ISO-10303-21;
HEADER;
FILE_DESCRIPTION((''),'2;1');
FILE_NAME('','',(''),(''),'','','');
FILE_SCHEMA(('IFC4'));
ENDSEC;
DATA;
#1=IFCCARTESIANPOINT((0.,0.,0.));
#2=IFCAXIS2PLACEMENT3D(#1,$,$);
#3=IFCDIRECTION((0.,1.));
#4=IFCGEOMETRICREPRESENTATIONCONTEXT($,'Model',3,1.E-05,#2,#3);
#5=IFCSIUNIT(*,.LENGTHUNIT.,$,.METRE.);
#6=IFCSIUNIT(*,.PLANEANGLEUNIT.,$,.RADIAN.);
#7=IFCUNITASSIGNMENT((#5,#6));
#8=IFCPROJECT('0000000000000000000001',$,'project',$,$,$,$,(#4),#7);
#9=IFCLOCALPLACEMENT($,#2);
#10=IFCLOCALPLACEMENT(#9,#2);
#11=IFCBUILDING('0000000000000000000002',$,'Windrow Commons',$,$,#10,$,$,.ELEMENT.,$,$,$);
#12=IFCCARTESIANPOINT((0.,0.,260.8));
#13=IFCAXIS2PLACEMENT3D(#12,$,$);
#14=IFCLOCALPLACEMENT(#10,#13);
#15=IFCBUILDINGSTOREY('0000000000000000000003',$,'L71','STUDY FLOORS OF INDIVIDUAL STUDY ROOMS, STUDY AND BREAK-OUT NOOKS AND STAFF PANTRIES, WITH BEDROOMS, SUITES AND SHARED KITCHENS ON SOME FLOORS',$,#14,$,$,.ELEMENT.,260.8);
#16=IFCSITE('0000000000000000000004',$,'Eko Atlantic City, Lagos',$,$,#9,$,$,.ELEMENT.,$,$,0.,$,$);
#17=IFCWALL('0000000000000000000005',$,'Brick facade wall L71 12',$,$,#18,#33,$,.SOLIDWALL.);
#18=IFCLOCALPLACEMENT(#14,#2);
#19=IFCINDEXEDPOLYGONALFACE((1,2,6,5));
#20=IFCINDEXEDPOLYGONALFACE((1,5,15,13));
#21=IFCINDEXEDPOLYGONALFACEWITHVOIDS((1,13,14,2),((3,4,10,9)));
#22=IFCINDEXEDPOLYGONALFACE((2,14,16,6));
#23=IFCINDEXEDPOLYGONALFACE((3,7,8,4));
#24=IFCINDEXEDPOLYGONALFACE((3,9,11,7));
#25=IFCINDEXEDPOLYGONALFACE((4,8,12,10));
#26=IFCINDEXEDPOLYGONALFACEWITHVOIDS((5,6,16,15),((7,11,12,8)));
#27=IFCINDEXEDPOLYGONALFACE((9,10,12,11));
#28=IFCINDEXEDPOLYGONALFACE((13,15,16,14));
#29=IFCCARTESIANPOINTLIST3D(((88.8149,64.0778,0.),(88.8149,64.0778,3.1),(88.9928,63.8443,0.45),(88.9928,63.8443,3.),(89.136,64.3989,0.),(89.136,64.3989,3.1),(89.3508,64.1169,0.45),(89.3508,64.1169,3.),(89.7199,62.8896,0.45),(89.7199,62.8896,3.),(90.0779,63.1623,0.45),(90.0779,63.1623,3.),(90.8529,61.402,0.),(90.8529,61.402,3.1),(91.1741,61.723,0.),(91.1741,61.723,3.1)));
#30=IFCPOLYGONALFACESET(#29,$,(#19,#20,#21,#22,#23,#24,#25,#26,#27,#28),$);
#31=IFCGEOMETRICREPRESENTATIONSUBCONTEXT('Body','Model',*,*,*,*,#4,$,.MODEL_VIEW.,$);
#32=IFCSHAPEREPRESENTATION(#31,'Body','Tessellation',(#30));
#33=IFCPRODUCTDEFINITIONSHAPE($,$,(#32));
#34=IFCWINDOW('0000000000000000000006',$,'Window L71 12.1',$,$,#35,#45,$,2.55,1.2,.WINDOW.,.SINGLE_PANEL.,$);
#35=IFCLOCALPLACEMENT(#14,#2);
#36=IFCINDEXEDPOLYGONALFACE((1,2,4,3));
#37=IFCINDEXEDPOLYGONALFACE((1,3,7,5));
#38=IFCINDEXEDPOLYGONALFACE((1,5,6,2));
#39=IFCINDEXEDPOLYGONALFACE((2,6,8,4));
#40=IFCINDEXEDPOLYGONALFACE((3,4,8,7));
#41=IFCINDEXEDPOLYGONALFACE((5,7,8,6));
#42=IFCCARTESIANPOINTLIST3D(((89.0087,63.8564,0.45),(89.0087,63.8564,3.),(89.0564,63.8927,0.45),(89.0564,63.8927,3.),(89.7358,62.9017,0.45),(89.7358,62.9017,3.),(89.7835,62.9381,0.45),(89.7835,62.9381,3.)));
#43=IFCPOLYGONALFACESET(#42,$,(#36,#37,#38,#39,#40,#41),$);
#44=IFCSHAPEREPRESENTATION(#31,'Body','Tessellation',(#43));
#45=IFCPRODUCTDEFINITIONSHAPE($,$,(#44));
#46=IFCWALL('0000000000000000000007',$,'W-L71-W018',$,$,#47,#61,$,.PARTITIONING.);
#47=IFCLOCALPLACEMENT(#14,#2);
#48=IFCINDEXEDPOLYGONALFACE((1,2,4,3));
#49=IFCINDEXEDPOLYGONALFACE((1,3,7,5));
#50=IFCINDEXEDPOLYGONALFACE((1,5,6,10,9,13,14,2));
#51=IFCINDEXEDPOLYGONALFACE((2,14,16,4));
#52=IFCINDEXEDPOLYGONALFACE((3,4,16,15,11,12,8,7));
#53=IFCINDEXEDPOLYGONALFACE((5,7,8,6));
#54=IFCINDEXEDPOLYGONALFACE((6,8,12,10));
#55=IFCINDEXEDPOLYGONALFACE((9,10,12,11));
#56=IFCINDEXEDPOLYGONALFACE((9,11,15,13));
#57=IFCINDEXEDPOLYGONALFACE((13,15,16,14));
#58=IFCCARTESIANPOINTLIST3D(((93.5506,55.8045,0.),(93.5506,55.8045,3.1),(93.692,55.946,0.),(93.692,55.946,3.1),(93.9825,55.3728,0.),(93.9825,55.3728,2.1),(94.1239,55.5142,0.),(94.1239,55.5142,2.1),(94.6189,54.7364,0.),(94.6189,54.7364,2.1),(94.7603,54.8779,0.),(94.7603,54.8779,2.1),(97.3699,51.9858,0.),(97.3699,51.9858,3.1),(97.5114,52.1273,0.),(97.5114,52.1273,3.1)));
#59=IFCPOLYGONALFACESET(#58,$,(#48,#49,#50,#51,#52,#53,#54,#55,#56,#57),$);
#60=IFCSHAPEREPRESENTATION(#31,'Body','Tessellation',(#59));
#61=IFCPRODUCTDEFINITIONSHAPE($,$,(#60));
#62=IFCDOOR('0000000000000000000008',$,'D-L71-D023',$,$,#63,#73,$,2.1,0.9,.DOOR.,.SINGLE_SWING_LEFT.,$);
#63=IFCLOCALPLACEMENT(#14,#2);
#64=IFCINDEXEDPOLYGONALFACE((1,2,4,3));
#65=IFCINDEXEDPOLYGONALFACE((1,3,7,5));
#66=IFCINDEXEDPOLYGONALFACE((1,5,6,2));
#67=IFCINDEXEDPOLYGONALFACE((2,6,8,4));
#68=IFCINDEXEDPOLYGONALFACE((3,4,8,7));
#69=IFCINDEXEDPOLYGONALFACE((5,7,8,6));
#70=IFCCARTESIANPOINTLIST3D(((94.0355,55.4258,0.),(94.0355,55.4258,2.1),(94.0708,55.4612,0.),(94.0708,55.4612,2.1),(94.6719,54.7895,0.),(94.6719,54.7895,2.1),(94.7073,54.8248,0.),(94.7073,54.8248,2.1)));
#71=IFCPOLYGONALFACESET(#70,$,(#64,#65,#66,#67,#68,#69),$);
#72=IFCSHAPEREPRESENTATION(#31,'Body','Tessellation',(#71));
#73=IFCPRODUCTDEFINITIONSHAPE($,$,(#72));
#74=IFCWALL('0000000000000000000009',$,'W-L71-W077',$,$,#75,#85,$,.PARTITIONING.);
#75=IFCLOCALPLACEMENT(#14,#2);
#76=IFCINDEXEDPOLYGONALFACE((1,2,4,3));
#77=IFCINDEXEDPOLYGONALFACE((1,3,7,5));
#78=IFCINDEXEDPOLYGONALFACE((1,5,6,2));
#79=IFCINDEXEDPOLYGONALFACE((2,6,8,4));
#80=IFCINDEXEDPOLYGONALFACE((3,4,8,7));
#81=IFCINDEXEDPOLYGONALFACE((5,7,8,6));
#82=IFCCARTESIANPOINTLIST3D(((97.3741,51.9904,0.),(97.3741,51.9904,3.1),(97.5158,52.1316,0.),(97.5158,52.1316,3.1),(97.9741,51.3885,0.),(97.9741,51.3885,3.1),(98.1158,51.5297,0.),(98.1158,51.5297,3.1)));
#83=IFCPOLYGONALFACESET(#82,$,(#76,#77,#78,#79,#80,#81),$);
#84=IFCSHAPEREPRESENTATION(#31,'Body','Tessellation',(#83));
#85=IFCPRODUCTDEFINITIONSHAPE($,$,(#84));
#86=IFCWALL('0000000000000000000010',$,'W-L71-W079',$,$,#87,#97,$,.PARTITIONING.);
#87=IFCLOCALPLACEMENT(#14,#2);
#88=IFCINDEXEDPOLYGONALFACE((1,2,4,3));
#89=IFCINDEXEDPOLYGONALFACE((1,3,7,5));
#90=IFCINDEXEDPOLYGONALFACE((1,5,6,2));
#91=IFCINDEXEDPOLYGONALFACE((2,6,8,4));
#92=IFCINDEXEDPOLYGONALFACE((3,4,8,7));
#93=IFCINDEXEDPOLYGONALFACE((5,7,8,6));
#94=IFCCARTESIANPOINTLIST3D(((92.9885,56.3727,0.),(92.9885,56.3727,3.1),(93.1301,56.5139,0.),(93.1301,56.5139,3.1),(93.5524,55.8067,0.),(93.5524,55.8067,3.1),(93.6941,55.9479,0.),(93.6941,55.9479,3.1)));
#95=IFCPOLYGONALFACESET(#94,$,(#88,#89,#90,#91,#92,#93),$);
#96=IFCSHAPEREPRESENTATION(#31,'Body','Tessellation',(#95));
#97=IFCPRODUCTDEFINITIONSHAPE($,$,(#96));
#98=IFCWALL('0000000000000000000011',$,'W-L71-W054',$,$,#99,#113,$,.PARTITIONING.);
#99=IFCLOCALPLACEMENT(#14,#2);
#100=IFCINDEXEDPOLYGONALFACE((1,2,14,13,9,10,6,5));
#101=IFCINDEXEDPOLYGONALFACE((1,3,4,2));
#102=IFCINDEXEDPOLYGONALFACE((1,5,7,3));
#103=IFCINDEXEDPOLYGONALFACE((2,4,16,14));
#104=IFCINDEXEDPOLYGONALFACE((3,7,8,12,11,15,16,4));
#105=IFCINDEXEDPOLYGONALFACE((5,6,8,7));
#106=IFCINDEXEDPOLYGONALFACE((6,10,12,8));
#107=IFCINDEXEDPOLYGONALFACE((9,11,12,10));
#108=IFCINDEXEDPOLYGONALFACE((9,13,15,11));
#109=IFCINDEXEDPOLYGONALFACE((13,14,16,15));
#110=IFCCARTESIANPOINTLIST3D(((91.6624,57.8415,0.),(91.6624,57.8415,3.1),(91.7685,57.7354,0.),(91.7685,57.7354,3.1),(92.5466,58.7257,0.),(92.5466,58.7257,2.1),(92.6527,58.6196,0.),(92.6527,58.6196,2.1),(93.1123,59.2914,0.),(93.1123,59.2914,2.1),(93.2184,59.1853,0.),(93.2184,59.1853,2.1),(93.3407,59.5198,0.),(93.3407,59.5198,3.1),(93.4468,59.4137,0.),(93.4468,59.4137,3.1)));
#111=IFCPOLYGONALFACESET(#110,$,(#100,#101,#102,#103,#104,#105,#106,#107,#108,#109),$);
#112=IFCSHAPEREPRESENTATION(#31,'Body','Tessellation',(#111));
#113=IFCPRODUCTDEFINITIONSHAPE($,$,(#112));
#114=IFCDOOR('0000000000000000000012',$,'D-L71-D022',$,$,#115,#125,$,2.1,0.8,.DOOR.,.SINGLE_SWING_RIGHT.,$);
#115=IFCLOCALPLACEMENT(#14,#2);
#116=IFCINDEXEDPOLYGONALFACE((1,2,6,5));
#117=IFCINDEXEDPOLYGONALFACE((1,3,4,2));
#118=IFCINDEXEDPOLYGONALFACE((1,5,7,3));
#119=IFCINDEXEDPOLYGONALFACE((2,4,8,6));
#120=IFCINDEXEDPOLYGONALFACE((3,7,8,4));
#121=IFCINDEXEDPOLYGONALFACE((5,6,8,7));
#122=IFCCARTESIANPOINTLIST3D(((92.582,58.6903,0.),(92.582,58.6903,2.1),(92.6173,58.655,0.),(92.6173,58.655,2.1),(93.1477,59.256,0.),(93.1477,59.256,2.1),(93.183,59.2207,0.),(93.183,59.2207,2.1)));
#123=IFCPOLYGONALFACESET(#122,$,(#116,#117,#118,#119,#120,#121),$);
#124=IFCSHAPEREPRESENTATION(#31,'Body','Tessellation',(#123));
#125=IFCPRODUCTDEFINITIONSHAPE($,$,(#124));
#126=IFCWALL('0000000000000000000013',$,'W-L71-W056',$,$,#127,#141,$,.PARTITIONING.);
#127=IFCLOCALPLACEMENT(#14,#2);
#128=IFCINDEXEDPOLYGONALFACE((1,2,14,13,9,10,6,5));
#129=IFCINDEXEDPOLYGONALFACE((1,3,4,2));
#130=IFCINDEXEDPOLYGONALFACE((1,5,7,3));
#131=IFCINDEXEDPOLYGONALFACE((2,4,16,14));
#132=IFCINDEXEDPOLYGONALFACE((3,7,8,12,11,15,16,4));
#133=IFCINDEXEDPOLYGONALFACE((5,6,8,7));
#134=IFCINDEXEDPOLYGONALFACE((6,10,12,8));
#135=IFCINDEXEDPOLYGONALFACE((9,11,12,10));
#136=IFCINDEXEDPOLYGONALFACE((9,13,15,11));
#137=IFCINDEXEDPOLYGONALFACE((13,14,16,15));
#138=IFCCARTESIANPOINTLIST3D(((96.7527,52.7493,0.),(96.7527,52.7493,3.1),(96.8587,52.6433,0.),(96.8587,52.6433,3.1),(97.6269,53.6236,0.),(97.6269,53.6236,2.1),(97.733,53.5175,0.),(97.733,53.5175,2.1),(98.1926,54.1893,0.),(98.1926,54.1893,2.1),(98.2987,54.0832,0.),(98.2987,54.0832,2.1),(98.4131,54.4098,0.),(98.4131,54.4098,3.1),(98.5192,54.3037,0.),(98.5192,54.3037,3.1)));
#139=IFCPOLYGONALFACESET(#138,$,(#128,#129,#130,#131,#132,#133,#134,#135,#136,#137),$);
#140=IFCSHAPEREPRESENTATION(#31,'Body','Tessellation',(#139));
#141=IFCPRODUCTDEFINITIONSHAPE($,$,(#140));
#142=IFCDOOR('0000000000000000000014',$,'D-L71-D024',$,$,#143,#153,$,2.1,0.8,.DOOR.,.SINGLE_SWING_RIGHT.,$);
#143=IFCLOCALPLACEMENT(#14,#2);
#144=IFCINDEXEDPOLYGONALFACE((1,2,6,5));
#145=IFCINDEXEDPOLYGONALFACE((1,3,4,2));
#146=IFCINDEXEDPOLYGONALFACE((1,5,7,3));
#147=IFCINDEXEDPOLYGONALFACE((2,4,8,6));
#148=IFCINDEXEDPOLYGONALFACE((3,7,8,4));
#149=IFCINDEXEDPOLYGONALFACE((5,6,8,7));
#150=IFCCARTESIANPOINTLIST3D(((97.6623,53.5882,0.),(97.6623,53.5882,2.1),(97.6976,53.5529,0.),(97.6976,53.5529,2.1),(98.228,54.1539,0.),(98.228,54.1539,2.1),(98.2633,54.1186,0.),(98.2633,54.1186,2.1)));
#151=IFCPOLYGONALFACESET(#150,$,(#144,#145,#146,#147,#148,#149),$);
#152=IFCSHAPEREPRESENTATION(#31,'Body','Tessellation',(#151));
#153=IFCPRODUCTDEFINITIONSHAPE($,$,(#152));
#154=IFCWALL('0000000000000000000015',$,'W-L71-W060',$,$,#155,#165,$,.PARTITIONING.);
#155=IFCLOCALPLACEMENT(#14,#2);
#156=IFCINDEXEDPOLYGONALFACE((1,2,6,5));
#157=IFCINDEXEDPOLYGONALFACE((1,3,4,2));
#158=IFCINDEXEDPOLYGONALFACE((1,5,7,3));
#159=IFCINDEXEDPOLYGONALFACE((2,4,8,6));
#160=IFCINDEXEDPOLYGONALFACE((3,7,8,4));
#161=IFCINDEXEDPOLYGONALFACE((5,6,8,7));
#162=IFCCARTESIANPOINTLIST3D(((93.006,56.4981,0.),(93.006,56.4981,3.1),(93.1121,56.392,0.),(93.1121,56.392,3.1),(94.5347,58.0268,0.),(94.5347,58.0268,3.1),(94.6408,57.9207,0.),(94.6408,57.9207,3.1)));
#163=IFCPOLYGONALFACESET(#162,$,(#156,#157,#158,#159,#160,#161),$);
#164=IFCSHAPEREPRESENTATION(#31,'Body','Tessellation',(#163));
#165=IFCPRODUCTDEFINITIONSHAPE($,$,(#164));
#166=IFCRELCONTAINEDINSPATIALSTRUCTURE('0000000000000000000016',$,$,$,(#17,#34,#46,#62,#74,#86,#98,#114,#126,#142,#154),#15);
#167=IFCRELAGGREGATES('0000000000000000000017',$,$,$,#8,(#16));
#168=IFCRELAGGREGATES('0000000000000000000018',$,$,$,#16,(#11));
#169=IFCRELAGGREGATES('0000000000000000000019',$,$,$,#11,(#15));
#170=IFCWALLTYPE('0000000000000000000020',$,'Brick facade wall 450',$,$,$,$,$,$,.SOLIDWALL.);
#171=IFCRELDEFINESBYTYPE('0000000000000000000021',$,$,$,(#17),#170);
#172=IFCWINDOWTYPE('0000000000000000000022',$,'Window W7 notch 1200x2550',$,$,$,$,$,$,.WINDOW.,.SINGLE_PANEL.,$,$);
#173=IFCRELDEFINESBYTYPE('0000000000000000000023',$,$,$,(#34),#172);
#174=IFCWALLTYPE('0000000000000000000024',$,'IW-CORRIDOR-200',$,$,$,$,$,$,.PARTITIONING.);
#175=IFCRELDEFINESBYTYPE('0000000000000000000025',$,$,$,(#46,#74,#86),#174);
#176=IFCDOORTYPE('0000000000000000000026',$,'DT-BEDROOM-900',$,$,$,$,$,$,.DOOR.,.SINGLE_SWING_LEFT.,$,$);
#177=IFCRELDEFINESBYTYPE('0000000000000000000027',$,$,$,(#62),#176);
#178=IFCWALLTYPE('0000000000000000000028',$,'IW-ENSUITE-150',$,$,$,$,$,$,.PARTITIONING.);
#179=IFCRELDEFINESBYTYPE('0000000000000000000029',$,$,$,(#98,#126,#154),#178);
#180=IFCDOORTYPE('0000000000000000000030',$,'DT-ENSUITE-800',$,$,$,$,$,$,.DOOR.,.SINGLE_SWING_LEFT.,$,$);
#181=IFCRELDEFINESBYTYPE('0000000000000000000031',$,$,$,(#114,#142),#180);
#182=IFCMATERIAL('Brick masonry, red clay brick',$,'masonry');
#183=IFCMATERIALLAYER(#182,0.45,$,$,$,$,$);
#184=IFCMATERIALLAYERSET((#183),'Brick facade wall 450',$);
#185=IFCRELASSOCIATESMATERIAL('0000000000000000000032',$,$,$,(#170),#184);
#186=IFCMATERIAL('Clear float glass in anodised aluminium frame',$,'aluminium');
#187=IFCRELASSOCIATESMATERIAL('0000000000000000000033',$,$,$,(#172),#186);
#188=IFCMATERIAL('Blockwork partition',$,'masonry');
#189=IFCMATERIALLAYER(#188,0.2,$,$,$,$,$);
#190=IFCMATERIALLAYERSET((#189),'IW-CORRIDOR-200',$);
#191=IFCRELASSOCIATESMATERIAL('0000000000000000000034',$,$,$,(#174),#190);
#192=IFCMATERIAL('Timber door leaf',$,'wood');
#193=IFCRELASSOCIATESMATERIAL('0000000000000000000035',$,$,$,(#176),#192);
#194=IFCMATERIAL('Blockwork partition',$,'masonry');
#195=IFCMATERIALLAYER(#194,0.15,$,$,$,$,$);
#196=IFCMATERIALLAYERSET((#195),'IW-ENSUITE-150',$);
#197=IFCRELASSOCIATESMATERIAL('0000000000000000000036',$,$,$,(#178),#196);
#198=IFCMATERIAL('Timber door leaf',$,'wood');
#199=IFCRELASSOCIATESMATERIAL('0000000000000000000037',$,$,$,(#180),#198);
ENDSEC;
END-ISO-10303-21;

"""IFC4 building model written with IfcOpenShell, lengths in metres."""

from ifc_helpers import new_model, si_unit, direction, frame, frame_2d, origin, place, context, subcontext, project, spatial, polyline, rectangle, outline, extrude, material, layer, layer_set, type_object, element, fill, save


model = new_model("IFC4")

# Units and contexts
model_context = context("Model", 3, precision=1e-05, world=origin(), true_north=direction((0.0, 1.0)))
body_context = subcontext(model_context, "Body", "Model", "MODEL_VIEW")
ifc_project = project(units=[si_unit("LENGTHUNIT", "METRE"), si_unit("PLANEANGLEUNIT", "RADIAN")], contexts=[model_context])

# Site, building, storey
site_placement = place(None, origin())
site = spatial("IfcSite", under=ifc_project, at=site_placement, Name="Eko Atlantic City, Lagos", CompositionType="ELEMENT", RefElevation=0.0)
building_placement = place(site_placement, origin())
building = spatial("IfcBuilding", under=site, at=building_placement, Name="Windrow Commons", CompositionType="ELEMENT")
storey_placement = place(building_placement, frame((0.0, 0.0, 260.8)))
storey = spatial("IfcBuildingStorey", under=building, at=storey_placement, Name="L71", Description="STUDY FLOORS OF INDIVIDUAL STUDY ROOMS, STUDY AND BREAK-OUT NOOKS AND STAFF PANTRIES, WITH BEDROOMS, SUITES AND SHARED KITCHENS ON SOME FLOORS", CompositionType="ELEMENT", Elevation=260.8)

# Wall, opening, window
ifc_material_1 = material(Name="Brick masonry, red clay brick", Category="masonry")
ifc_layer_1 = layer(ifc_material_1, 0.45)
ifc_layer_set_1 = layer_set([ifc_layer_1], Name="Brick facade wall 450")
wall_type_1 = type_object("IfcWallType", Name="Brick facade wall 450", PredefinedType="SOLIDWALL", material=ifc_layer_set_1)
ifc_material_2 = material(Name="Clear float glass in anodised aluminium frame", Category="aluminium")
window_type = type_object("IfcWindowType", Name="Window W7 notch 1200x2550", PartitioningType="SINGLE_PANEL", PredefinedType="WINDOW", material=ifc_material_2)
wall_1_placement = place(storey_placement, frame((91.0135, 61.5625, 0.0), z_axis=(0.0, 0.0, 1.0), x_axis=(-0.605915, 0.795529, 0.0)))
wall_1 = element("IfcWall", 1, at=wall_1_placement, inside=storey, type_object=wall_type_1, Name="Brick facade wall L71 12", PredefinedType="SOLIDWALL", context=body_context, shape_type="SweptSolid", body=[
    extrude(outline(polyline([(0.0304, -0.225), (3.3941, -0.225), (3.3332, 0.225), (-0.0304, 0.225), (0.0304, -0.225)])), origin(), (0.0, 0.0, 1.0), 3.1),
])
opening_1_placement = place(wall_1_placement, frame((1.8396, 0.0, 0.45)))
opening_1 = element("IfcOpeningElement", 2, at=opening_1_placement, cuts=wall_1, PredefinedType="OPENING", context=body_context, shape_type="SweptSolid", body=[
    extrude(rectangle(XDim=1.2, YDim=2.55, at=frame_2d((0.6, 1.275))), frame((0.0, 0.235, 0.0), z_axis=(0.0, -1.0, 0.0), x_axis=(1.0, 0.0, 0.0)), (0.0, 0.0, 1.0), 0.47),
])
window_1_placement = place(opening_1_placement, origin())
window_1 = element("IfcWindow", 3, at=window_1_placement, inside=storey, type_object=window_type, Name="Window L71 12.1", OverallHeight=2.55, OverallWidth=1.2, PartitioningType="SINGLE_PANEL", PredefinedType="WINDOW", context=body_context, shape_type="SweptSolid", body=[
    extrude(rectangle(XDim=1.2, YDim=2.55, at=frame_2d((0.6, 1.275))), frame((0.0, 0.205, 0.0), z_axis=(0.0, -1.0, 0.0), x_axis=(1.0, 0.0, 0.0)), (0.0, 0.0, 1.0), 0.06),
])
fill(opening_1, window_1)

# Wall, opening, door
ifc_material_3 = material(Name="Blockwork partition", Category="masonry")
ifc_layer_2 = layer(ifc_material_3, 0.2)
ifc_layer_set_2 = layer_set([ifc_layer_2], Name="IW-CORRIDOR-200")
wall_type_2 = type_object("IfcWallType", Name="IW-CORRIDOR-200", PredefinedType="PARTITIONING", material=ifc_layer_set_2)
wall_2_placement = place(storey_placement, frame((93.6213, 55.8753, 0.0), z_axis=(0.0, 0.0, 1.0), x_axis=(0.707162, -0.707051, 0.0)))
wall_2 = element("IfcWall", 4, at=wall_2_placement, inside=storey, type_object=wall_type_2, Name="W-L71-W018", PredefinedType="PARTITIONING", context=body_context, shape_type="SweptSolid", body=[
    extrude(rectangle(XDim=5.4009, YDim=0.2, at=frame_2d((2.7005, 0.0))), origin(), (0.0, 0.0, 1.0), 3.1),
])
opening_2_placement = place(wall_2_placement, frame((0.6107, 0.0, 0.0)))
opening_2 = element("IfcOpeningElement", 5, at=opening_2_placement, cuts=wall_2, PredefinedType="OPENING", context=body_context, shape_type="SweptSolid", body=[
    extrude(rectangle(XDim=0.9, YDim=2.1, at=frame_2d((0.45, 1.05))), frame((0.0, 0.11, 0.0), z_axis=(0.0, -1.0, 0.0), x_axis=(1.0, 0.0, 0.0)), (0.0, 0.0, 1.0), 0.22),
])
ifc_material_4 = material(Name="Timber door leaf", Category="wood")
door_type_1 = type_object("IfcDoorType", Name="DT-BEDROOM-900", OperationType="SINGLE_SWING_LEFT", PredefinedType="DOOR", material=ifc_material_4)
door_1_placement = place(opening_2_placement, origin())
door_1 = element("IfcDoor", 6, at=door_1_placement, inside=storey, type_object=door_type_1, Name="D-L71-D023", OperationType="SINGLE_SWING_LEFT", OverallHeight=2.1, OverallWidth=0.9, PredefinedType="DOOR", context=body_context, shape_type="SweptSolid", body=[
    extrude(rectangle(XDim=0.9, YDim=2.1, at=frame_2d((0.45, 1.05))), frame((0.0, 0.025, 0.0), z_axis=(0.0, -1.0, 0.0), x_axis=(1.0, 0.0, 0.0)), (0.0, 0.0, 1.0), 0.05),
])
fill(opening_2, door_1)

# Walls
wall_3_placement = place(storey_placement, frame((97.445, 52.061, 0.0), z_axis=(0.0, 0.0, 1.0), x_axis=(0.705929, -0.708282, 0.0)))
element("IfcWall", 7, at=wall_3_placement, inside=storey, type_object=wall_type_2, Name="W-L71-W077", PredefinedType="PARTITIONING", context=body_context, shape_type="SweptSolid", body=[
    extrude(rectangle(XDim=0.8499, YDim=0.2, at=frame_2d((0.4249, 0.0))), origin(), (0.0, 0.0, 1.0), 3.1),
])
wall_4_placement = place(storey_placement, frame((93.0593, 56.4433, 0.0), z_axis=(0.0, 0.0, 1.0), x_axis=(0.705854, -0.708357, 0.0)))
element("IfcWall", 8, at=wall_4_placement, inside=storey, type_object=wall_type_2, Name="W-L71-W079", PredefinedType="PARTITIONING", context=body_context, shape_type="SweptSolid", body=[
    extrude(rectangle(XDim=0.799, YDim=0.2, at=frame_2d((0.3995, 0.0))), origin(), (0.0, 0.0, 1.0), 3.1),
])

# Walls, openings, doors
ifc_material_5 = material(Name="Blockwork partition", Category="masonry")
ifc_layer_3 = layer(ifc_material_5, 0.15)
ifc_layer_set_3 = layer_set([ifc_layer_3], Name="IW-ENSUITE-150")
wall_type_3 = type_object("IfcWallType", Name="IW-ENSUITE-150", PredefinedType="PARTITIONING", material=ifc_layer_set_3)
wall_5_placement = place(storey_placement, frame((91.7155, 57.7885, 0.0), z_axis=(0.0, 0.0, 1.0), x_axis=(0.707107, 0.707107, 0.0)))
wall_5 = element("IfcWall", 9, at=wall_5_placement, inside=storey, type_object=wall_type_3, Name="W-L71-W054", PredefinedType="PARTITIONING", context=body_context, shape_type="SweptSolid", body=[
    extrude(rectangle(XDim=2.3735, YDim=0.15, at=frame_2d((1.1867, 0.0))), origin(), (0.0, 0.0, 1.0), 3.1),
])
opening_3_placement = place(wall_5_placement, frame((1.2504, 0.0, 0.0)))
opening_3 = element("IfcOpeningElement", 10, at=opening_3_placement, cuts=wall_5, PredefinedType="OPENING", context=body_context, shape_type="SweptSolid", body=[
    extrude(rectangle(XDim=0.8, YDim=2.1, at=frame_2d((0.4, 1.05))), frame((0.0, 0.085, 0.0), z_axis=(0.0, -1.0, 0.0), x_axis=(1.0, 0.0, 0.0)), (0.0, 0.0, 1.0), 0.17),
])
ifc_material_6 = material(Name="Timber door leaf", Category="wood")
door_type_2 = type_object("IfcDoorType", Name="DT-ENSUITE-800", OperationType="SINGLE_SWING_LEFT", PredefinedType="DOOR", material=ifc_material_6)
door_2_placement = place(opening_3_placement, origin())
door_2 = element("IfcDoor", 11, at=door_2_placement, inside=storey, type_object=door_type_2, Name="D-L71-D022", OperationType="SINGLE_SWING_RIGHT", OverallHeight=2.1, OverallWidth=0.8, PredefinedType="DOOR", context=body_context, shape_type="SweptSolid", body=[
    extrude(rectangle(XDim=0.8, YDim=2.1, at=frame_2d((0.4, 1.05))), frame((0.0, 0.025, 0.0), z_axis=(0.0, -1.0, 0.0), x_axis=(1.0, 0.0, 0.0)), (0.0, 0.0, 1.0), 0.05),
])
fill(opening_3, door_2)
wall_6_placement = place(storey_placement, frame((96.8057, 52.6963, 0.0), z_axis=(0.0, 0.0, 1.0), x_axis=(0.707107, 0.707107, 0.0)))
wall_6 = element("IfcWall", 12, at=wall_6_placement, inside=storey, type_object=wall_type_3, Name="W-L71-W056", PredefinedType="PARTITIONING", context=body_context, shape_type="SweptSolid", body=[
    extrude(rectangle(XDim=2.3482, YDim=0.15, at=frame_2d((1.1741, 0.0))), origin(), (0.0, 0.0, 1.0), 3.1),
])
opening_4_placement = place(wall_6_placement, frame((1.2364, 0.0, 0.0)))
opening_4 = element("IfcOpeningElement", 13, at=opening_4_placement, cuts=wall_6, PredefinedType="OPENING", context=body_context, shape_type="SweptSolid", body=[
    extrude(rectangle(XDim=0.8, YDim=2.1, at=frame_2d((0.4, 1.05))), frame((0.0, 0.085, 0.0), z_axis=(0.0, -1.0, 0.0), x_axis=(1.0, 0.0, 0.0)), (0.0, 0.0, 1.0), 0.17),
])
door_3_placement = place(opening_4_placement, origin())
door_3 = element("IfcDoor", 14, at=door_3_placement, inside=storey, type_object=door_type_2, Name="D-L71-D024", OperationType="SINGLE_SWING_RIGHT", OverallHeight=2.1, OverallWidth=0.8, PredefinedType="DOOR", context=body_context, shape_type="SweptSolid", body=[
    extrude(rectangle(XDim=0.8, YDim=2.1, at=frame_2d((0.4, 1.05))), frame((0.0, 0.025, 0.0), z_axis=(0.0, -1.0, 0.0), x_axis=(1.0, 0.0, 0.0)), (0.0, 0.0, 1.0), 0.05),
])
fill(opening_4, door_3)

# Wall
wall_7_placement = place(storey_placement, frame((93.059, 56.445, 0.0), z_axis=(0.0, 0.0, 1.0), x_axis=(0.707107, 0.707107, 0.0)))
element("IfcWall", 15, at=wall_7_placement, inside=storey, type_object=wall_type_3, Name="W-L71-W060", PredefinedType="PARTITIONING", context=body_context, shape_type="SweptSolid", body=[
    extrude(rectangle(XDim=2.1619, YDim=0.15, at=frame_2d((1.081, 0.0))), origin(), (0.0, 0.0, 1.0), 3.1),
])

save(model, "model.ifc")
